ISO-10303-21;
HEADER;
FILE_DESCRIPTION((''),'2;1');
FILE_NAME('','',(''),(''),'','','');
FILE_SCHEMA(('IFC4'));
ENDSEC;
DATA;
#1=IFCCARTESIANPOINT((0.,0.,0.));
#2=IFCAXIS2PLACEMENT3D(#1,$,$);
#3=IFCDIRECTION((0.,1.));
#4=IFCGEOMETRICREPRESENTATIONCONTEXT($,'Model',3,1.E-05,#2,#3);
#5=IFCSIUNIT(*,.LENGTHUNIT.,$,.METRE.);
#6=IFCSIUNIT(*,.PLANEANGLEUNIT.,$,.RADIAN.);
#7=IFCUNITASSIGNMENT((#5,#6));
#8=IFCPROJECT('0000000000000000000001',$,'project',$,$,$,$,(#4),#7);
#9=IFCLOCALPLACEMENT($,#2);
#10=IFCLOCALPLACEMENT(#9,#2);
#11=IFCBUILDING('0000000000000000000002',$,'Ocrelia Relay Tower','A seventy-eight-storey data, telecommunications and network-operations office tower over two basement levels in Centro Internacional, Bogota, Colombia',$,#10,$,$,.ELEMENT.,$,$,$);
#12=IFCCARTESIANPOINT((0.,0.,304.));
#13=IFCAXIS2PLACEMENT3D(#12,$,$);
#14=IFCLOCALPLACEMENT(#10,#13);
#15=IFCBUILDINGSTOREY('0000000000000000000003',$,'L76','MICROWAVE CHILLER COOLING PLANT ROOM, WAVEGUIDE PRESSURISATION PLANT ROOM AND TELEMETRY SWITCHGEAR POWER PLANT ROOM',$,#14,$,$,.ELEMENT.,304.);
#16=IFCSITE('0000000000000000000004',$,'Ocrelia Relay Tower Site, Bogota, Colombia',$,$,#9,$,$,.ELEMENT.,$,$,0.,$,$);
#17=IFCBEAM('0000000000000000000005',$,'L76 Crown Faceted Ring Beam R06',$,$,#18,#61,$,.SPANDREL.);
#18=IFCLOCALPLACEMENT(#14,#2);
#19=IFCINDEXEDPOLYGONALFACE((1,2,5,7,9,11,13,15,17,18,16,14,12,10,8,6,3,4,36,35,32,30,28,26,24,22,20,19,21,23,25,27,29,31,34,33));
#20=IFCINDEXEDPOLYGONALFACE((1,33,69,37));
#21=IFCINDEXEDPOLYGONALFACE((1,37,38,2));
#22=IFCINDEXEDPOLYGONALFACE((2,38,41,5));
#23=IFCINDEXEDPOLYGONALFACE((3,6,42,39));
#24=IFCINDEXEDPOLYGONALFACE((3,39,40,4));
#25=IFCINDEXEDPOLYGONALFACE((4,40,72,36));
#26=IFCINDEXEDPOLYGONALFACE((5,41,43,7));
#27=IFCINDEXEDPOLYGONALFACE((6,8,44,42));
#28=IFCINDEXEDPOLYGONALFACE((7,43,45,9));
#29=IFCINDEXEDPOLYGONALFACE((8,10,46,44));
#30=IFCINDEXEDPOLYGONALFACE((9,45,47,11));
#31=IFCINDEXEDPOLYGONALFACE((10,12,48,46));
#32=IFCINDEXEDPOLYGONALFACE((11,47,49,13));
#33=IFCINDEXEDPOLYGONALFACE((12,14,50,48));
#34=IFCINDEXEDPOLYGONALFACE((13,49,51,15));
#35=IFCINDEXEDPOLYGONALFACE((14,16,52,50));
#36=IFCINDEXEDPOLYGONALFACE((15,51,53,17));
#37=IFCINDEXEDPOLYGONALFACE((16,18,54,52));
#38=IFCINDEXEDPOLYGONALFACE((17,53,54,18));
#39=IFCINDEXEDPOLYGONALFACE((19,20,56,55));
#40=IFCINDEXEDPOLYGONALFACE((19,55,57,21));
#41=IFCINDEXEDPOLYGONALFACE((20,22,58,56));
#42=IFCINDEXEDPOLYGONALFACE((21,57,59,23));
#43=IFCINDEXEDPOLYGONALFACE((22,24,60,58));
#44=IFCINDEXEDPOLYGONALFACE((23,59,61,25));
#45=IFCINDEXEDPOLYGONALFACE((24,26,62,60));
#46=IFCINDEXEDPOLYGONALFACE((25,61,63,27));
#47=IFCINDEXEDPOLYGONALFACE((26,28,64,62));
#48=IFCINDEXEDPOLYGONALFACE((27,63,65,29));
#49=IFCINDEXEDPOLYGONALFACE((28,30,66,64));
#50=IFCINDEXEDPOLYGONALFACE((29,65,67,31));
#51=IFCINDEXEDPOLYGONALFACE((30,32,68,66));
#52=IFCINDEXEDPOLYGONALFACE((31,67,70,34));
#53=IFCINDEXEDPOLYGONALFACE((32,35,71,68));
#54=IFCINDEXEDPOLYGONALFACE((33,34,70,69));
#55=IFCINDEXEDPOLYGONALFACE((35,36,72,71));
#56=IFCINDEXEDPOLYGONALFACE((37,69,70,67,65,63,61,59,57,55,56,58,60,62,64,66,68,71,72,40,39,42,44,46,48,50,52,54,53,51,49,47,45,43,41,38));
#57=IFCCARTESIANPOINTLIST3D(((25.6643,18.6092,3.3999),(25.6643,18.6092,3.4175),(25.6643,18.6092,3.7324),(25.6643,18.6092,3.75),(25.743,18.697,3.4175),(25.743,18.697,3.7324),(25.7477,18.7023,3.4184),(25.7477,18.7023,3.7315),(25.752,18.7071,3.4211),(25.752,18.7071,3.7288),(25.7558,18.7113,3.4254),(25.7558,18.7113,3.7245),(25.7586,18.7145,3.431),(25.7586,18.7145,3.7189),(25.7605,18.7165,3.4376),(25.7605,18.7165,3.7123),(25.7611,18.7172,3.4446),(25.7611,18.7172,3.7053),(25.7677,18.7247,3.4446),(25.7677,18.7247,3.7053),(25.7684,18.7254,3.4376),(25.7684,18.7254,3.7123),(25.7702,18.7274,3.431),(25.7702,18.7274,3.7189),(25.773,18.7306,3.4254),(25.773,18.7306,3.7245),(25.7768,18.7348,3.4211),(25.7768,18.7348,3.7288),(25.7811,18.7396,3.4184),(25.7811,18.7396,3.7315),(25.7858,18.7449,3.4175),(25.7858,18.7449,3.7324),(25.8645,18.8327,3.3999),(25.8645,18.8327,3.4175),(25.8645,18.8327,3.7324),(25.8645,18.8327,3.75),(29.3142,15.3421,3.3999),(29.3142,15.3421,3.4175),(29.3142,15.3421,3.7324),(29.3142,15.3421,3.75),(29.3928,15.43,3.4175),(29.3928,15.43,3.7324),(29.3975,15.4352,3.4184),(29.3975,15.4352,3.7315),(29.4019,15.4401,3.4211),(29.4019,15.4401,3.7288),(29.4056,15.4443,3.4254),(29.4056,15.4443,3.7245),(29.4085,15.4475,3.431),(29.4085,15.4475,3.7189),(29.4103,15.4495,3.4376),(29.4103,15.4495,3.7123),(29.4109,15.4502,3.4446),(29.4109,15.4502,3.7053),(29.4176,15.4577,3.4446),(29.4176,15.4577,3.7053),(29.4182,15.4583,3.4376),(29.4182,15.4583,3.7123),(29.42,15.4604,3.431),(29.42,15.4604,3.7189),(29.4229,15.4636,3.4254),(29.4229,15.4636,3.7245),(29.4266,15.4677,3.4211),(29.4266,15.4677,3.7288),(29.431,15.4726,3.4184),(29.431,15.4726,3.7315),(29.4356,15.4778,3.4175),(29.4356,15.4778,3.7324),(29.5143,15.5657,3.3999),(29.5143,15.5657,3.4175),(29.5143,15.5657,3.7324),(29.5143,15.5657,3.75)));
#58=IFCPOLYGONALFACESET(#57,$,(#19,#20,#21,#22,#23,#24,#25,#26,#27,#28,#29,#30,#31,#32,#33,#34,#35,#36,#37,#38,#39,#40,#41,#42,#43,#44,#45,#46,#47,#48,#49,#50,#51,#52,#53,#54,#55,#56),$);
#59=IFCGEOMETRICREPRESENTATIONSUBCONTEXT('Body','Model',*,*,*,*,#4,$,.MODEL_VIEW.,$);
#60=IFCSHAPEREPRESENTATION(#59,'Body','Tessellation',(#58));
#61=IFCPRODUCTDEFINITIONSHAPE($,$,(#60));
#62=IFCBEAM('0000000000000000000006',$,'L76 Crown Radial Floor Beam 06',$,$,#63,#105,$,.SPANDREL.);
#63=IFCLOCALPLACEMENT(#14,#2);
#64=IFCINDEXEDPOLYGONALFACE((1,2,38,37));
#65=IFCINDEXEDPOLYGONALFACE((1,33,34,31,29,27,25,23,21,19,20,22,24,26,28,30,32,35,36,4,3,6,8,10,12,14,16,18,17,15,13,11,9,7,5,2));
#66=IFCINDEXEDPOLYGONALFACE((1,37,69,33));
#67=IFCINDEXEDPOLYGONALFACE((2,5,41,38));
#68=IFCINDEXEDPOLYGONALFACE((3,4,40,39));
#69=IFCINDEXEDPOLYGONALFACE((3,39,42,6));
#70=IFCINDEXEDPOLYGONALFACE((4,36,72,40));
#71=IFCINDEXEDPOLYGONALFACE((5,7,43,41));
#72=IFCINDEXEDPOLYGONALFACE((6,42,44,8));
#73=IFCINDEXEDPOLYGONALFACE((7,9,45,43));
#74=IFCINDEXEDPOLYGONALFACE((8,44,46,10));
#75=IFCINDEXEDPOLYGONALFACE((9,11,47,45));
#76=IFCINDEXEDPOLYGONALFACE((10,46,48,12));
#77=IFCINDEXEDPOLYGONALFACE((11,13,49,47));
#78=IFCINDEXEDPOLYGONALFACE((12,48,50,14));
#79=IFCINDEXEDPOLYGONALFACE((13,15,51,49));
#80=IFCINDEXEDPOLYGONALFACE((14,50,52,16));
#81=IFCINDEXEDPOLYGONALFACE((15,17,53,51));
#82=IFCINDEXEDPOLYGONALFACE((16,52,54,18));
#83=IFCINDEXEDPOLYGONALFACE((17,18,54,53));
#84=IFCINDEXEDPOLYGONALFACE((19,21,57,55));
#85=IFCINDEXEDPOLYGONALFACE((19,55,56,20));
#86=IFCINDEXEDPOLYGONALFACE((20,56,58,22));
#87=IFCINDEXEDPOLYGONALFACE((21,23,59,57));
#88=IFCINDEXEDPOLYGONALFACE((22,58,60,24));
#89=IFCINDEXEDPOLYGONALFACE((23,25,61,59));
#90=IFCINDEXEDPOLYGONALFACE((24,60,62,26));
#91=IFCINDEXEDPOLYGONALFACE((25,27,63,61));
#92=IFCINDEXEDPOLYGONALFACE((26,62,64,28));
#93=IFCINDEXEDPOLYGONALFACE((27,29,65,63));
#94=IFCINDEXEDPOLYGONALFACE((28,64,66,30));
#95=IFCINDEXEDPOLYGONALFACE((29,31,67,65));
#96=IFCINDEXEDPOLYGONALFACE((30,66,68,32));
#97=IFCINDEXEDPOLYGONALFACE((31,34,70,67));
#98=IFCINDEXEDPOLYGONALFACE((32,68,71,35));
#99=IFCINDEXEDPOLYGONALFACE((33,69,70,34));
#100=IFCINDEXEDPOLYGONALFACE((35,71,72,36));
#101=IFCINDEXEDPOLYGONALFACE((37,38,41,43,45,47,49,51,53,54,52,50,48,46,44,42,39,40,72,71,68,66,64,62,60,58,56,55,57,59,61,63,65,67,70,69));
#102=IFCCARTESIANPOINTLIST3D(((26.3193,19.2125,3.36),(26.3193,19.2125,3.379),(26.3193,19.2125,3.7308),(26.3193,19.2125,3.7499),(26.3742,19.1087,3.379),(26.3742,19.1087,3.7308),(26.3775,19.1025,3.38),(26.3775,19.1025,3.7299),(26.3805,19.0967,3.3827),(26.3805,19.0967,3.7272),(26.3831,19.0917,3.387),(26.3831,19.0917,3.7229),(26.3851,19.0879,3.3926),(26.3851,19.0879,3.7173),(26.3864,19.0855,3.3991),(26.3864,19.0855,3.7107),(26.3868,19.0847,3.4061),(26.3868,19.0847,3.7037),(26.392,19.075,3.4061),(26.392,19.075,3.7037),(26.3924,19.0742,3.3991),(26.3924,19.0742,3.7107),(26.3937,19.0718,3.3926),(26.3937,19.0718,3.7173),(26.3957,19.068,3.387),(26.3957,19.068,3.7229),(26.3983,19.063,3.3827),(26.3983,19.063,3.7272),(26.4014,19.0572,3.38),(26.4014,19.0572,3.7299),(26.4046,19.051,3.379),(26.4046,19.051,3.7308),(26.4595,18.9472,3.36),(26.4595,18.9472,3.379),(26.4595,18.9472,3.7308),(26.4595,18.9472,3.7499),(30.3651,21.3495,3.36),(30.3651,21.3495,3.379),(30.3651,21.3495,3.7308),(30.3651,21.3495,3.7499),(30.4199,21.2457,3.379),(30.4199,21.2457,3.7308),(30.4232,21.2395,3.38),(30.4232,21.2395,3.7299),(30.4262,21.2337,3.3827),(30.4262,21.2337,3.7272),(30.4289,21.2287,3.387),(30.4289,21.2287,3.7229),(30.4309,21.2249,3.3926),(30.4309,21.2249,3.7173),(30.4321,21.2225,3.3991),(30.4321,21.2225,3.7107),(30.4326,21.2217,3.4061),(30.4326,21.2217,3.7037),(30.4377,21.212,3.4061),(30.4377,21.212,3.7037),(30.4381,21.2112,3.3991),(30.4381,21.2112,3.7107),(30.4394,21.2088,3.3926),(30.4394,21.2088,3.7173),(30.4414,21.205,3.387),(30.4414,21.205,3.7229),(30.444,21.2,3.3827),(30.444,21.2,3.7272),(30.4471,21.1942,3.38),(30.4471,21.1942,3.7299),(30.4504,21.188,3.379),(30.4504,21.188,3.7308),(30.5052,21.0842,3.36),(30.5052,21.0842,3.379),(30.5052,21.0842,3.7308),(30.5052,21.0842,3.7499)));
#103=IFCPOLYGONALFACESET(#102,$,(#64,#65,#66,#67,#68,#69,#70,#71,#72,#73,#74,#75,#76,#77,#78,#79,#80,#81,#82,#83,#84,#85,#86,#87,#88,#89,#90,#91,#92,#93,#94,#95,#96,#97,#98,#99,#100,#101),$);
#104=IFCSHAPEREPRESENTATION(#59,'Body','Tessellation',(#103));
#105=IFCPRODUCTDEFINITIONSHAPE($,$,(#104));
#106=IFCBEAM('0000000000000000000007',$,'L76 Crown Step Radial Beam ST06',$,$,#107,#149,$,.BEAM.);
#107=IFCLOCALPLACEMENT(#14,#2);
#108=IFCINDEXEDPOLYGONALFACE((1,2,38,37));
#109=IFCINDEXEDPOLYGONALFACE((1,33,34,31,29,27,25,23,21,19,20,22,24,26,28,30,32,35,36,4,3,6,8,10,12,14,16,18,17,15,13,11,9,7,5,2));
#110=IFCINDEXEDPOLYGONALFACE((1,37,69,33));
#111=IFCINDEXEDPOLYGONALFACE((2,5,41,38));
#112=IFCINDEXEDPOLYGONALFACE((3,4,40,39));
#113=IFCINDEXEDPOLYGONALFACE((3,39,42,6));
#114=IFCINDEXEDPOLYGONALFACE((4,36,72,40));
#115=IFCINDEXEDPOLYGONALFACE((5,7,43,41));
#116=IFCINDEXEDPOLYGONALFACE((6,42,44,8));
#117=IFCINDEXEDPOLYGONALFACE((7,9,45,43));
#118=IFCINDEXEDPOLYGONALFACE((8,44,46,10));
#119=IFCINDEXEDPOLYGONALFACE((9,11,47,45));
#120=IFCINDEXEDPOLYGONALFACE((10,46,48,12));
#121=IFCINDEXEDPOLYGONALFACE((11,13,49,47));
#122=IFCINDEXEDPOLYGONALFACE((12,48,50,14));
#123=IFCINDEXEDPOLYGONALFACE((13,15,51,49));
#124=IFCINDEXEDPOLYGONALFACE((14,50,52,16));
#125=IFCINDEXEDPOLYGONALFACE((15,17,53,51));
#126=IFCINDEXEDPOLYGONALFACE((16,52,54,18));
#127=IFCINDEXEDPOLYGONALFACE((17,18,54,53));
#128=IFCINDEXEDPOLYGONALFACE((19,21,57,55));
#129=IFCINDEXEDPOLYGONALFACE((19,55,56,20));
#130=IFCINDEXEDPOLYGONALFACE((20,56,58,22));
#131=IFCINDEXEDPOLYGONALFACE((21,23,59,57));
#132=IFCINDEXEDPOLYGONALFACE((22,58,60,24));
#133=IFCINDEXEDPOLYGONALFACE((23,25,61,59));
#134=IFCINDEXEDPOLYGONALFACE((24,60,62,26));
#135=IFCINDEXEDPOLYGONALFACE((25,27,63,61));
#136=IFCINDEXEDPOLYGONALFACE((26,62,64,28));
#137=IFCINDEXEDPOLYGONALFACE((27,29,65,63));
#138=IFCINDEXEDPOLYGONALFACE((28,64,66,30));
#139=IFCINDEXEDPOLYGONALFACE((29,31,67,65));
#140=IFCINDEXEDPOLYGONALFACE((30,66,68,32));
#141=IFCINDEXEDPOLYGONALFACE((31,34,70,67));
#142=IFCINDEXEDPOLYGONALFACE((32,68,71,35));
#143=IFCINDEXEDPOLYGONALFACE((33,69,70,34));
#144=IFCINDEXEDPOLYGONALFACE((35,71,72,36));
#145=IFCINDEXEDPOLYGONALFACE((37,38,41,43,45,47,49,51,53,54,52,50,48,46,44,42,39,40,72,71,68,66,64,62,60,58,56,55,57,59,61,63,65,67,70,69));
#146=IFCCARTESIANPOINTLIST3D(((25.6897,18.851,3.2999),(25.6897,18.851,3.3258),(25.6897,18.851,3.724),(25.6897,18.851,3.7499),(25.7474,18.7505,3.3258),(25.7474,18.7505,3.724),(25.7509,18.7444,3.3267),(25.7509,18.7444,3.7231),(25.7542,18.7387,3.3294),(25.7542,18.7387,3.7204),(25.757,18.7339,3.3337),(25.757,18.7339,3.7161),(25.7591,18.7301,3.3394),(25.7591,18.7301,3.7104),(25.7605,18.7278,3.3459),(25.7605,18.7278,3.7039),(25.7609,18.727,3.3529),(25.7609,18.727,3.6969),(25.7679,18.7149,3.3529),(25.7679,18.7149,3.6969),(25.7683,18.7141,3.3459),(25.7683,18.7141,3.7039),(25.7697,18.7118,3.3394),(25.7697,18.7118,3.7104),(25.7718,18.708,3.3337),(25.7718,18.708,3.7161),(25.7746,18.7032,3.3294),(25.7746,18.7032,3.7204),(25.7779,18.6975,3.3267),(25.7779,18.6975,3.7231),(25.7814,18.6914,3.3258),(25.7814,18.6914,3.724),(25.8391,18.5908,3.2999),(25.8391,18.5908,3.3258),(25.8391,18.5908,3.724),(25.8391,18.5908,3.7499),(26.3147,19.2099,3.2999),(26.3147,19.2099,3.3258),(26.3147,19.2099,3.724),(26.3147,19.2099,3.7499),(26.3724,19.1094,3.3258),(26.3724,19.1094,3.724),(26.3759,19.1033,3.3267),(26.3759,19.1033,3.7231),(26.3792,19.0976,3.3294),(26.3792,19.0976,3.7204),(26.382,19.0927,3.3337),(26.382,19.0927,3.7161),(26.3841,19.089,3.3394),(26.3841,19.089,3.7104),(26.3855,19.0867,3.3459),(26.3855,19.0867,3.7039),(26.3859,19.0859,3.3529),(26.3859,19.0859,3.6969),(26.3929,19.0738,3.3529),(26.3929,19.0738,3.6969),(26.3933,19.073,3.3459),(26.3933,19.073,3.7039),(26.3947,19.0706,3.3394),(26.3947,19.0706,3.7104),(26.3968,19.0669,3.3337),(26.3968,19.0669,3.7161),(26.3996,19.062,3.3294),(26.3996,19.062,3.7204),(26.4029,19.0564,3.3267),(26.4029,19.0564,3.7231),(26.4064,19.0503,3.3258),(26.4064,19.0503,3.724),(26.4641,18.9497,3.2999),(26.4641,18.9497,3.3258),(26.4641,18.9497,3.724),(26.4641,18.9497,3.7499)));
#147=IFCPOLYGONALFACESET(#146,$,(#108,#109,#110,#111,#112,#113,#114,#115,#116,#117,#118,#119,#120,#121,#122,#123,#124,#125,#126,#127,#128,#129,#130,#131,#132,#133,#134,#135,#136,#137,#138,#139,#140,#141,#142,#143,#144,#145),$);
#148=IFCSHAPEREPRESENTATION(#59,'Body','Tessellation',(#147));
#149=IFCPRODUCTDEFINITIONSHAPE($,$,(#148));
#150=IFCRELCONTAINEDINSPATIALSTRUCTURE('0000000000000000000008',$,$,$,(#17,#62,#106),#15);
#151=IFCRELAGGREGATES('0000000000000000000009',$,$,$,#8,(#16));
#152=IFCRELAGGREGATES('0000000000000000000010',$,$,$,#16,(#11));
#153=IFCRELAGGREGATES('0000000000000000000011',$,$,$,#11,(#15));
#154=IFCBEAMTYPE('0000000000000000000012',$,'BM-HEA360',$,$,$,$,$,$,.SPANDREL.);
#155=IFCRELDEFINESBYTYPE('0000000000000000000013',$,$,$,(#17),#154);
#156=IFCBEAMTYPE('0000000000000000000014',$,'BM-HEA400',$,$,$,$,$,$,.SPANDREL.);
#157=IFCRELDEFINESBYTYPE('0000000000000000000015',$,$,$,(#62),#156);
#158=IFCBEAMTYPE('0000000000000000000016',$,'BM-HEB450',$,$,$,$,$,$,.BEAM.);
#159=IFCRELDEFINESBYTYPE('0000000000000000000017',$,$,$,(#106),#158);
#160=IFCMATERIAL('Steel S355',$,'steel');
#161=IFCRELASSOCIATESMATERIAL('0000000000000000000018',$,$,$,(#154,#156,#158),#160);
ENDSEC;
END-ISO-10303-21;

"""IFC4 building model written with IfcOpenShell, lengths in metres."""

from ifc_helpers import new_model, si_unit, direction, frame, origin, origin_2d, place, context, subcontext, project, spatial, i_section, extrude, material, material_profile, profile_set, type_object, element, save


model = new_model("IFC4")

# Units and contexts
model_context = context("Model", 3, precision=1e-05, world=origin(), true_north=direction((0.0, 1.0)))
body_context = subcontext(model_context, "Body", "Model", "MODEL_VIEW")
ifc_project = project(units=[si_unit("LENGTHUNIT", "METRE"), si_unit("PLANEANGLEUNIT", "RADIAN")], contexts=[model_context])

# Site, building, storey
site_placement = place(None, origin())
site = spatial("IfcSite", under=ifc_project, at=site_placement, Name="Ocrelia Relay Tower Site, Bogota, Colombia", CompositionType="ELEMENT", RefElevation=0.0)
building_placement = place(site_placement, origin())
building = spatial("IfcBuilding", under=site, at=building_placement, Name="Ocrelia Relay Tower", Description="A seventy-eight-storey data, telecommunications and network-operations office tower over two basement levels in Centro Internacional, Bogota, Colombia", CompositionType="ELEMENT")
storey_placement = place(building_placement, frame((0.0, 0.0, 304.0)))
storey = spatial("IfcBuildingStorey", under=building, at=storey_placement, Name="L76", Description="MICROWAVE CHILLER COOLING PLANT ROOM, WAVEGUIDE PRESSURISATION PLANT ROOM AND TELEMETRY SWITCHGEAR POWER PLANT ROOM", CompositionType="ELEMENT", Elevation=304.0)

# Beams
ifc_material_1 = material(Name="Steel S355", Category="steel")
ifc_material_profile_1 = material_profile(ifc_material_1, i_section(OverallWidth=0.3, OverallDepth=0.3501, WebThickness=0.01, FlangeThickness=0.0176, FilletRadius=0.0271, at=origin_2d()), Name="HEA 360")
ifc_profile_set_1 = profile_set([ifc_material_profile_1], Name="Steel S355")
beam_type_1 = type_object("IfcBeamType", Name="BM-HEA360", PredefinedType="SPANDREL", material=ifc_profile_set_1)
beam_1_placement = place(storey_placement, frame((25.7644, 18.7209, 3.575), z_axis=(0.745101, -0.666952, 0.0), x_axis=(0.666952, 0.745101, 0.0)))
element("IfcBeam", 1, at=beam_1_placement, inside=storey, type_object=beam_type_1, Name="L76 Crown Faceted Ring Beam R06", PredefinedType="SPANDREL", context=body_context, shape_type="SweptSolid", body=[
    extrude(i_section(OverallWidth=0.3, OverallDepth=0.3501, WebThickness=0.01, FlangeThickness=0.0176, FilletRadius=0.0271, at=origin_2d()), origin(), (0.0, 0.0, 1.0), 4.8984),
])
ifc_material_profile_2 = material_profile(ifc_material_1, i_section(OverallWidth=0.3, OverallDepth=0.3899, WebThickness=0.011, FlangeThickness=0.019, FilletRadius=0.0271, at=origin_2d()), Name="HEA 400")
ifc_profile_set_2 = profile_set([ifc_material_profile_2], Name="Steel S355")
beam_type_2 = type_object("IfcBeamType", Name="BM-HEA400", PredefinedType="SPANDREL", material=ifc_profile_set_2)
beam_2_placement = place(storey_placement, frame((26.3894, 19.0798, 3.5549), z_axis=(0.884226, 0.467059, 0.0), x_axis=(-0.467059, 0.884226, 0.0)))
element("IfcBeam", 2, at=beam_2_placement, inside=storey, type_object=beam_type_2, Name="L76 Crown Radial Floor Beam 06", PredefinedType="SPANDREL", context=body_context, shape_type="SweptSolid", body=[
    extrude(i_section(OverallWidth=0.3, OverallDepth=0.3899, WebThickness=0.011, FlangeThickness=0.019, FilletRadius=0.0271, at=origin_2d()), origin(), (0.0, 0.0, 1.0), 4.5754),
])
ifc_material_profile_3 = material_profile(ifc_material_1, i_section(OverallWidth=0.3, OverallDepth=0.45, WebThickness=0.0139, FlangeThickness=0.0259, FilletRadius=0.0271, at=origin_2d()), Name="HEB 450")
ifc_profile_set_3 = profile_set([ifc_material_profile_3], Name="Steel S355")
beam_type_3 = type_object("IfcBeamType", Name="BM-HEB450", PredefinedType="BEAM", material=ifc_profile_set_3)
beam_3_placement = place(storey_placement, frame((25.7644, 18.7209, 3.5249), z_axis=(0.867199, 0.497962, 0.0), x_axis=(-0.497962, 0.867199, 0.0)))
element("IfcBeam", 3, at=beam_3_placement, inside=storey, type_object=beam_type_3, Name="L76 Crown Step Radial Beam ST06", PredefinedType="BEAM", context=body_context, shape_type="SweptSolid", body=[
    extrude(i_section(OverallWidth=0.3, OverallDepth=0.45, WebThickness=0.0139, FlangeThickness=0.0259, FilletRadius=0.0271, at=origin_2d()), origin(), (0.0, 0.0, 1.0), 0.7207),
])

save(model, "model.ifc")
